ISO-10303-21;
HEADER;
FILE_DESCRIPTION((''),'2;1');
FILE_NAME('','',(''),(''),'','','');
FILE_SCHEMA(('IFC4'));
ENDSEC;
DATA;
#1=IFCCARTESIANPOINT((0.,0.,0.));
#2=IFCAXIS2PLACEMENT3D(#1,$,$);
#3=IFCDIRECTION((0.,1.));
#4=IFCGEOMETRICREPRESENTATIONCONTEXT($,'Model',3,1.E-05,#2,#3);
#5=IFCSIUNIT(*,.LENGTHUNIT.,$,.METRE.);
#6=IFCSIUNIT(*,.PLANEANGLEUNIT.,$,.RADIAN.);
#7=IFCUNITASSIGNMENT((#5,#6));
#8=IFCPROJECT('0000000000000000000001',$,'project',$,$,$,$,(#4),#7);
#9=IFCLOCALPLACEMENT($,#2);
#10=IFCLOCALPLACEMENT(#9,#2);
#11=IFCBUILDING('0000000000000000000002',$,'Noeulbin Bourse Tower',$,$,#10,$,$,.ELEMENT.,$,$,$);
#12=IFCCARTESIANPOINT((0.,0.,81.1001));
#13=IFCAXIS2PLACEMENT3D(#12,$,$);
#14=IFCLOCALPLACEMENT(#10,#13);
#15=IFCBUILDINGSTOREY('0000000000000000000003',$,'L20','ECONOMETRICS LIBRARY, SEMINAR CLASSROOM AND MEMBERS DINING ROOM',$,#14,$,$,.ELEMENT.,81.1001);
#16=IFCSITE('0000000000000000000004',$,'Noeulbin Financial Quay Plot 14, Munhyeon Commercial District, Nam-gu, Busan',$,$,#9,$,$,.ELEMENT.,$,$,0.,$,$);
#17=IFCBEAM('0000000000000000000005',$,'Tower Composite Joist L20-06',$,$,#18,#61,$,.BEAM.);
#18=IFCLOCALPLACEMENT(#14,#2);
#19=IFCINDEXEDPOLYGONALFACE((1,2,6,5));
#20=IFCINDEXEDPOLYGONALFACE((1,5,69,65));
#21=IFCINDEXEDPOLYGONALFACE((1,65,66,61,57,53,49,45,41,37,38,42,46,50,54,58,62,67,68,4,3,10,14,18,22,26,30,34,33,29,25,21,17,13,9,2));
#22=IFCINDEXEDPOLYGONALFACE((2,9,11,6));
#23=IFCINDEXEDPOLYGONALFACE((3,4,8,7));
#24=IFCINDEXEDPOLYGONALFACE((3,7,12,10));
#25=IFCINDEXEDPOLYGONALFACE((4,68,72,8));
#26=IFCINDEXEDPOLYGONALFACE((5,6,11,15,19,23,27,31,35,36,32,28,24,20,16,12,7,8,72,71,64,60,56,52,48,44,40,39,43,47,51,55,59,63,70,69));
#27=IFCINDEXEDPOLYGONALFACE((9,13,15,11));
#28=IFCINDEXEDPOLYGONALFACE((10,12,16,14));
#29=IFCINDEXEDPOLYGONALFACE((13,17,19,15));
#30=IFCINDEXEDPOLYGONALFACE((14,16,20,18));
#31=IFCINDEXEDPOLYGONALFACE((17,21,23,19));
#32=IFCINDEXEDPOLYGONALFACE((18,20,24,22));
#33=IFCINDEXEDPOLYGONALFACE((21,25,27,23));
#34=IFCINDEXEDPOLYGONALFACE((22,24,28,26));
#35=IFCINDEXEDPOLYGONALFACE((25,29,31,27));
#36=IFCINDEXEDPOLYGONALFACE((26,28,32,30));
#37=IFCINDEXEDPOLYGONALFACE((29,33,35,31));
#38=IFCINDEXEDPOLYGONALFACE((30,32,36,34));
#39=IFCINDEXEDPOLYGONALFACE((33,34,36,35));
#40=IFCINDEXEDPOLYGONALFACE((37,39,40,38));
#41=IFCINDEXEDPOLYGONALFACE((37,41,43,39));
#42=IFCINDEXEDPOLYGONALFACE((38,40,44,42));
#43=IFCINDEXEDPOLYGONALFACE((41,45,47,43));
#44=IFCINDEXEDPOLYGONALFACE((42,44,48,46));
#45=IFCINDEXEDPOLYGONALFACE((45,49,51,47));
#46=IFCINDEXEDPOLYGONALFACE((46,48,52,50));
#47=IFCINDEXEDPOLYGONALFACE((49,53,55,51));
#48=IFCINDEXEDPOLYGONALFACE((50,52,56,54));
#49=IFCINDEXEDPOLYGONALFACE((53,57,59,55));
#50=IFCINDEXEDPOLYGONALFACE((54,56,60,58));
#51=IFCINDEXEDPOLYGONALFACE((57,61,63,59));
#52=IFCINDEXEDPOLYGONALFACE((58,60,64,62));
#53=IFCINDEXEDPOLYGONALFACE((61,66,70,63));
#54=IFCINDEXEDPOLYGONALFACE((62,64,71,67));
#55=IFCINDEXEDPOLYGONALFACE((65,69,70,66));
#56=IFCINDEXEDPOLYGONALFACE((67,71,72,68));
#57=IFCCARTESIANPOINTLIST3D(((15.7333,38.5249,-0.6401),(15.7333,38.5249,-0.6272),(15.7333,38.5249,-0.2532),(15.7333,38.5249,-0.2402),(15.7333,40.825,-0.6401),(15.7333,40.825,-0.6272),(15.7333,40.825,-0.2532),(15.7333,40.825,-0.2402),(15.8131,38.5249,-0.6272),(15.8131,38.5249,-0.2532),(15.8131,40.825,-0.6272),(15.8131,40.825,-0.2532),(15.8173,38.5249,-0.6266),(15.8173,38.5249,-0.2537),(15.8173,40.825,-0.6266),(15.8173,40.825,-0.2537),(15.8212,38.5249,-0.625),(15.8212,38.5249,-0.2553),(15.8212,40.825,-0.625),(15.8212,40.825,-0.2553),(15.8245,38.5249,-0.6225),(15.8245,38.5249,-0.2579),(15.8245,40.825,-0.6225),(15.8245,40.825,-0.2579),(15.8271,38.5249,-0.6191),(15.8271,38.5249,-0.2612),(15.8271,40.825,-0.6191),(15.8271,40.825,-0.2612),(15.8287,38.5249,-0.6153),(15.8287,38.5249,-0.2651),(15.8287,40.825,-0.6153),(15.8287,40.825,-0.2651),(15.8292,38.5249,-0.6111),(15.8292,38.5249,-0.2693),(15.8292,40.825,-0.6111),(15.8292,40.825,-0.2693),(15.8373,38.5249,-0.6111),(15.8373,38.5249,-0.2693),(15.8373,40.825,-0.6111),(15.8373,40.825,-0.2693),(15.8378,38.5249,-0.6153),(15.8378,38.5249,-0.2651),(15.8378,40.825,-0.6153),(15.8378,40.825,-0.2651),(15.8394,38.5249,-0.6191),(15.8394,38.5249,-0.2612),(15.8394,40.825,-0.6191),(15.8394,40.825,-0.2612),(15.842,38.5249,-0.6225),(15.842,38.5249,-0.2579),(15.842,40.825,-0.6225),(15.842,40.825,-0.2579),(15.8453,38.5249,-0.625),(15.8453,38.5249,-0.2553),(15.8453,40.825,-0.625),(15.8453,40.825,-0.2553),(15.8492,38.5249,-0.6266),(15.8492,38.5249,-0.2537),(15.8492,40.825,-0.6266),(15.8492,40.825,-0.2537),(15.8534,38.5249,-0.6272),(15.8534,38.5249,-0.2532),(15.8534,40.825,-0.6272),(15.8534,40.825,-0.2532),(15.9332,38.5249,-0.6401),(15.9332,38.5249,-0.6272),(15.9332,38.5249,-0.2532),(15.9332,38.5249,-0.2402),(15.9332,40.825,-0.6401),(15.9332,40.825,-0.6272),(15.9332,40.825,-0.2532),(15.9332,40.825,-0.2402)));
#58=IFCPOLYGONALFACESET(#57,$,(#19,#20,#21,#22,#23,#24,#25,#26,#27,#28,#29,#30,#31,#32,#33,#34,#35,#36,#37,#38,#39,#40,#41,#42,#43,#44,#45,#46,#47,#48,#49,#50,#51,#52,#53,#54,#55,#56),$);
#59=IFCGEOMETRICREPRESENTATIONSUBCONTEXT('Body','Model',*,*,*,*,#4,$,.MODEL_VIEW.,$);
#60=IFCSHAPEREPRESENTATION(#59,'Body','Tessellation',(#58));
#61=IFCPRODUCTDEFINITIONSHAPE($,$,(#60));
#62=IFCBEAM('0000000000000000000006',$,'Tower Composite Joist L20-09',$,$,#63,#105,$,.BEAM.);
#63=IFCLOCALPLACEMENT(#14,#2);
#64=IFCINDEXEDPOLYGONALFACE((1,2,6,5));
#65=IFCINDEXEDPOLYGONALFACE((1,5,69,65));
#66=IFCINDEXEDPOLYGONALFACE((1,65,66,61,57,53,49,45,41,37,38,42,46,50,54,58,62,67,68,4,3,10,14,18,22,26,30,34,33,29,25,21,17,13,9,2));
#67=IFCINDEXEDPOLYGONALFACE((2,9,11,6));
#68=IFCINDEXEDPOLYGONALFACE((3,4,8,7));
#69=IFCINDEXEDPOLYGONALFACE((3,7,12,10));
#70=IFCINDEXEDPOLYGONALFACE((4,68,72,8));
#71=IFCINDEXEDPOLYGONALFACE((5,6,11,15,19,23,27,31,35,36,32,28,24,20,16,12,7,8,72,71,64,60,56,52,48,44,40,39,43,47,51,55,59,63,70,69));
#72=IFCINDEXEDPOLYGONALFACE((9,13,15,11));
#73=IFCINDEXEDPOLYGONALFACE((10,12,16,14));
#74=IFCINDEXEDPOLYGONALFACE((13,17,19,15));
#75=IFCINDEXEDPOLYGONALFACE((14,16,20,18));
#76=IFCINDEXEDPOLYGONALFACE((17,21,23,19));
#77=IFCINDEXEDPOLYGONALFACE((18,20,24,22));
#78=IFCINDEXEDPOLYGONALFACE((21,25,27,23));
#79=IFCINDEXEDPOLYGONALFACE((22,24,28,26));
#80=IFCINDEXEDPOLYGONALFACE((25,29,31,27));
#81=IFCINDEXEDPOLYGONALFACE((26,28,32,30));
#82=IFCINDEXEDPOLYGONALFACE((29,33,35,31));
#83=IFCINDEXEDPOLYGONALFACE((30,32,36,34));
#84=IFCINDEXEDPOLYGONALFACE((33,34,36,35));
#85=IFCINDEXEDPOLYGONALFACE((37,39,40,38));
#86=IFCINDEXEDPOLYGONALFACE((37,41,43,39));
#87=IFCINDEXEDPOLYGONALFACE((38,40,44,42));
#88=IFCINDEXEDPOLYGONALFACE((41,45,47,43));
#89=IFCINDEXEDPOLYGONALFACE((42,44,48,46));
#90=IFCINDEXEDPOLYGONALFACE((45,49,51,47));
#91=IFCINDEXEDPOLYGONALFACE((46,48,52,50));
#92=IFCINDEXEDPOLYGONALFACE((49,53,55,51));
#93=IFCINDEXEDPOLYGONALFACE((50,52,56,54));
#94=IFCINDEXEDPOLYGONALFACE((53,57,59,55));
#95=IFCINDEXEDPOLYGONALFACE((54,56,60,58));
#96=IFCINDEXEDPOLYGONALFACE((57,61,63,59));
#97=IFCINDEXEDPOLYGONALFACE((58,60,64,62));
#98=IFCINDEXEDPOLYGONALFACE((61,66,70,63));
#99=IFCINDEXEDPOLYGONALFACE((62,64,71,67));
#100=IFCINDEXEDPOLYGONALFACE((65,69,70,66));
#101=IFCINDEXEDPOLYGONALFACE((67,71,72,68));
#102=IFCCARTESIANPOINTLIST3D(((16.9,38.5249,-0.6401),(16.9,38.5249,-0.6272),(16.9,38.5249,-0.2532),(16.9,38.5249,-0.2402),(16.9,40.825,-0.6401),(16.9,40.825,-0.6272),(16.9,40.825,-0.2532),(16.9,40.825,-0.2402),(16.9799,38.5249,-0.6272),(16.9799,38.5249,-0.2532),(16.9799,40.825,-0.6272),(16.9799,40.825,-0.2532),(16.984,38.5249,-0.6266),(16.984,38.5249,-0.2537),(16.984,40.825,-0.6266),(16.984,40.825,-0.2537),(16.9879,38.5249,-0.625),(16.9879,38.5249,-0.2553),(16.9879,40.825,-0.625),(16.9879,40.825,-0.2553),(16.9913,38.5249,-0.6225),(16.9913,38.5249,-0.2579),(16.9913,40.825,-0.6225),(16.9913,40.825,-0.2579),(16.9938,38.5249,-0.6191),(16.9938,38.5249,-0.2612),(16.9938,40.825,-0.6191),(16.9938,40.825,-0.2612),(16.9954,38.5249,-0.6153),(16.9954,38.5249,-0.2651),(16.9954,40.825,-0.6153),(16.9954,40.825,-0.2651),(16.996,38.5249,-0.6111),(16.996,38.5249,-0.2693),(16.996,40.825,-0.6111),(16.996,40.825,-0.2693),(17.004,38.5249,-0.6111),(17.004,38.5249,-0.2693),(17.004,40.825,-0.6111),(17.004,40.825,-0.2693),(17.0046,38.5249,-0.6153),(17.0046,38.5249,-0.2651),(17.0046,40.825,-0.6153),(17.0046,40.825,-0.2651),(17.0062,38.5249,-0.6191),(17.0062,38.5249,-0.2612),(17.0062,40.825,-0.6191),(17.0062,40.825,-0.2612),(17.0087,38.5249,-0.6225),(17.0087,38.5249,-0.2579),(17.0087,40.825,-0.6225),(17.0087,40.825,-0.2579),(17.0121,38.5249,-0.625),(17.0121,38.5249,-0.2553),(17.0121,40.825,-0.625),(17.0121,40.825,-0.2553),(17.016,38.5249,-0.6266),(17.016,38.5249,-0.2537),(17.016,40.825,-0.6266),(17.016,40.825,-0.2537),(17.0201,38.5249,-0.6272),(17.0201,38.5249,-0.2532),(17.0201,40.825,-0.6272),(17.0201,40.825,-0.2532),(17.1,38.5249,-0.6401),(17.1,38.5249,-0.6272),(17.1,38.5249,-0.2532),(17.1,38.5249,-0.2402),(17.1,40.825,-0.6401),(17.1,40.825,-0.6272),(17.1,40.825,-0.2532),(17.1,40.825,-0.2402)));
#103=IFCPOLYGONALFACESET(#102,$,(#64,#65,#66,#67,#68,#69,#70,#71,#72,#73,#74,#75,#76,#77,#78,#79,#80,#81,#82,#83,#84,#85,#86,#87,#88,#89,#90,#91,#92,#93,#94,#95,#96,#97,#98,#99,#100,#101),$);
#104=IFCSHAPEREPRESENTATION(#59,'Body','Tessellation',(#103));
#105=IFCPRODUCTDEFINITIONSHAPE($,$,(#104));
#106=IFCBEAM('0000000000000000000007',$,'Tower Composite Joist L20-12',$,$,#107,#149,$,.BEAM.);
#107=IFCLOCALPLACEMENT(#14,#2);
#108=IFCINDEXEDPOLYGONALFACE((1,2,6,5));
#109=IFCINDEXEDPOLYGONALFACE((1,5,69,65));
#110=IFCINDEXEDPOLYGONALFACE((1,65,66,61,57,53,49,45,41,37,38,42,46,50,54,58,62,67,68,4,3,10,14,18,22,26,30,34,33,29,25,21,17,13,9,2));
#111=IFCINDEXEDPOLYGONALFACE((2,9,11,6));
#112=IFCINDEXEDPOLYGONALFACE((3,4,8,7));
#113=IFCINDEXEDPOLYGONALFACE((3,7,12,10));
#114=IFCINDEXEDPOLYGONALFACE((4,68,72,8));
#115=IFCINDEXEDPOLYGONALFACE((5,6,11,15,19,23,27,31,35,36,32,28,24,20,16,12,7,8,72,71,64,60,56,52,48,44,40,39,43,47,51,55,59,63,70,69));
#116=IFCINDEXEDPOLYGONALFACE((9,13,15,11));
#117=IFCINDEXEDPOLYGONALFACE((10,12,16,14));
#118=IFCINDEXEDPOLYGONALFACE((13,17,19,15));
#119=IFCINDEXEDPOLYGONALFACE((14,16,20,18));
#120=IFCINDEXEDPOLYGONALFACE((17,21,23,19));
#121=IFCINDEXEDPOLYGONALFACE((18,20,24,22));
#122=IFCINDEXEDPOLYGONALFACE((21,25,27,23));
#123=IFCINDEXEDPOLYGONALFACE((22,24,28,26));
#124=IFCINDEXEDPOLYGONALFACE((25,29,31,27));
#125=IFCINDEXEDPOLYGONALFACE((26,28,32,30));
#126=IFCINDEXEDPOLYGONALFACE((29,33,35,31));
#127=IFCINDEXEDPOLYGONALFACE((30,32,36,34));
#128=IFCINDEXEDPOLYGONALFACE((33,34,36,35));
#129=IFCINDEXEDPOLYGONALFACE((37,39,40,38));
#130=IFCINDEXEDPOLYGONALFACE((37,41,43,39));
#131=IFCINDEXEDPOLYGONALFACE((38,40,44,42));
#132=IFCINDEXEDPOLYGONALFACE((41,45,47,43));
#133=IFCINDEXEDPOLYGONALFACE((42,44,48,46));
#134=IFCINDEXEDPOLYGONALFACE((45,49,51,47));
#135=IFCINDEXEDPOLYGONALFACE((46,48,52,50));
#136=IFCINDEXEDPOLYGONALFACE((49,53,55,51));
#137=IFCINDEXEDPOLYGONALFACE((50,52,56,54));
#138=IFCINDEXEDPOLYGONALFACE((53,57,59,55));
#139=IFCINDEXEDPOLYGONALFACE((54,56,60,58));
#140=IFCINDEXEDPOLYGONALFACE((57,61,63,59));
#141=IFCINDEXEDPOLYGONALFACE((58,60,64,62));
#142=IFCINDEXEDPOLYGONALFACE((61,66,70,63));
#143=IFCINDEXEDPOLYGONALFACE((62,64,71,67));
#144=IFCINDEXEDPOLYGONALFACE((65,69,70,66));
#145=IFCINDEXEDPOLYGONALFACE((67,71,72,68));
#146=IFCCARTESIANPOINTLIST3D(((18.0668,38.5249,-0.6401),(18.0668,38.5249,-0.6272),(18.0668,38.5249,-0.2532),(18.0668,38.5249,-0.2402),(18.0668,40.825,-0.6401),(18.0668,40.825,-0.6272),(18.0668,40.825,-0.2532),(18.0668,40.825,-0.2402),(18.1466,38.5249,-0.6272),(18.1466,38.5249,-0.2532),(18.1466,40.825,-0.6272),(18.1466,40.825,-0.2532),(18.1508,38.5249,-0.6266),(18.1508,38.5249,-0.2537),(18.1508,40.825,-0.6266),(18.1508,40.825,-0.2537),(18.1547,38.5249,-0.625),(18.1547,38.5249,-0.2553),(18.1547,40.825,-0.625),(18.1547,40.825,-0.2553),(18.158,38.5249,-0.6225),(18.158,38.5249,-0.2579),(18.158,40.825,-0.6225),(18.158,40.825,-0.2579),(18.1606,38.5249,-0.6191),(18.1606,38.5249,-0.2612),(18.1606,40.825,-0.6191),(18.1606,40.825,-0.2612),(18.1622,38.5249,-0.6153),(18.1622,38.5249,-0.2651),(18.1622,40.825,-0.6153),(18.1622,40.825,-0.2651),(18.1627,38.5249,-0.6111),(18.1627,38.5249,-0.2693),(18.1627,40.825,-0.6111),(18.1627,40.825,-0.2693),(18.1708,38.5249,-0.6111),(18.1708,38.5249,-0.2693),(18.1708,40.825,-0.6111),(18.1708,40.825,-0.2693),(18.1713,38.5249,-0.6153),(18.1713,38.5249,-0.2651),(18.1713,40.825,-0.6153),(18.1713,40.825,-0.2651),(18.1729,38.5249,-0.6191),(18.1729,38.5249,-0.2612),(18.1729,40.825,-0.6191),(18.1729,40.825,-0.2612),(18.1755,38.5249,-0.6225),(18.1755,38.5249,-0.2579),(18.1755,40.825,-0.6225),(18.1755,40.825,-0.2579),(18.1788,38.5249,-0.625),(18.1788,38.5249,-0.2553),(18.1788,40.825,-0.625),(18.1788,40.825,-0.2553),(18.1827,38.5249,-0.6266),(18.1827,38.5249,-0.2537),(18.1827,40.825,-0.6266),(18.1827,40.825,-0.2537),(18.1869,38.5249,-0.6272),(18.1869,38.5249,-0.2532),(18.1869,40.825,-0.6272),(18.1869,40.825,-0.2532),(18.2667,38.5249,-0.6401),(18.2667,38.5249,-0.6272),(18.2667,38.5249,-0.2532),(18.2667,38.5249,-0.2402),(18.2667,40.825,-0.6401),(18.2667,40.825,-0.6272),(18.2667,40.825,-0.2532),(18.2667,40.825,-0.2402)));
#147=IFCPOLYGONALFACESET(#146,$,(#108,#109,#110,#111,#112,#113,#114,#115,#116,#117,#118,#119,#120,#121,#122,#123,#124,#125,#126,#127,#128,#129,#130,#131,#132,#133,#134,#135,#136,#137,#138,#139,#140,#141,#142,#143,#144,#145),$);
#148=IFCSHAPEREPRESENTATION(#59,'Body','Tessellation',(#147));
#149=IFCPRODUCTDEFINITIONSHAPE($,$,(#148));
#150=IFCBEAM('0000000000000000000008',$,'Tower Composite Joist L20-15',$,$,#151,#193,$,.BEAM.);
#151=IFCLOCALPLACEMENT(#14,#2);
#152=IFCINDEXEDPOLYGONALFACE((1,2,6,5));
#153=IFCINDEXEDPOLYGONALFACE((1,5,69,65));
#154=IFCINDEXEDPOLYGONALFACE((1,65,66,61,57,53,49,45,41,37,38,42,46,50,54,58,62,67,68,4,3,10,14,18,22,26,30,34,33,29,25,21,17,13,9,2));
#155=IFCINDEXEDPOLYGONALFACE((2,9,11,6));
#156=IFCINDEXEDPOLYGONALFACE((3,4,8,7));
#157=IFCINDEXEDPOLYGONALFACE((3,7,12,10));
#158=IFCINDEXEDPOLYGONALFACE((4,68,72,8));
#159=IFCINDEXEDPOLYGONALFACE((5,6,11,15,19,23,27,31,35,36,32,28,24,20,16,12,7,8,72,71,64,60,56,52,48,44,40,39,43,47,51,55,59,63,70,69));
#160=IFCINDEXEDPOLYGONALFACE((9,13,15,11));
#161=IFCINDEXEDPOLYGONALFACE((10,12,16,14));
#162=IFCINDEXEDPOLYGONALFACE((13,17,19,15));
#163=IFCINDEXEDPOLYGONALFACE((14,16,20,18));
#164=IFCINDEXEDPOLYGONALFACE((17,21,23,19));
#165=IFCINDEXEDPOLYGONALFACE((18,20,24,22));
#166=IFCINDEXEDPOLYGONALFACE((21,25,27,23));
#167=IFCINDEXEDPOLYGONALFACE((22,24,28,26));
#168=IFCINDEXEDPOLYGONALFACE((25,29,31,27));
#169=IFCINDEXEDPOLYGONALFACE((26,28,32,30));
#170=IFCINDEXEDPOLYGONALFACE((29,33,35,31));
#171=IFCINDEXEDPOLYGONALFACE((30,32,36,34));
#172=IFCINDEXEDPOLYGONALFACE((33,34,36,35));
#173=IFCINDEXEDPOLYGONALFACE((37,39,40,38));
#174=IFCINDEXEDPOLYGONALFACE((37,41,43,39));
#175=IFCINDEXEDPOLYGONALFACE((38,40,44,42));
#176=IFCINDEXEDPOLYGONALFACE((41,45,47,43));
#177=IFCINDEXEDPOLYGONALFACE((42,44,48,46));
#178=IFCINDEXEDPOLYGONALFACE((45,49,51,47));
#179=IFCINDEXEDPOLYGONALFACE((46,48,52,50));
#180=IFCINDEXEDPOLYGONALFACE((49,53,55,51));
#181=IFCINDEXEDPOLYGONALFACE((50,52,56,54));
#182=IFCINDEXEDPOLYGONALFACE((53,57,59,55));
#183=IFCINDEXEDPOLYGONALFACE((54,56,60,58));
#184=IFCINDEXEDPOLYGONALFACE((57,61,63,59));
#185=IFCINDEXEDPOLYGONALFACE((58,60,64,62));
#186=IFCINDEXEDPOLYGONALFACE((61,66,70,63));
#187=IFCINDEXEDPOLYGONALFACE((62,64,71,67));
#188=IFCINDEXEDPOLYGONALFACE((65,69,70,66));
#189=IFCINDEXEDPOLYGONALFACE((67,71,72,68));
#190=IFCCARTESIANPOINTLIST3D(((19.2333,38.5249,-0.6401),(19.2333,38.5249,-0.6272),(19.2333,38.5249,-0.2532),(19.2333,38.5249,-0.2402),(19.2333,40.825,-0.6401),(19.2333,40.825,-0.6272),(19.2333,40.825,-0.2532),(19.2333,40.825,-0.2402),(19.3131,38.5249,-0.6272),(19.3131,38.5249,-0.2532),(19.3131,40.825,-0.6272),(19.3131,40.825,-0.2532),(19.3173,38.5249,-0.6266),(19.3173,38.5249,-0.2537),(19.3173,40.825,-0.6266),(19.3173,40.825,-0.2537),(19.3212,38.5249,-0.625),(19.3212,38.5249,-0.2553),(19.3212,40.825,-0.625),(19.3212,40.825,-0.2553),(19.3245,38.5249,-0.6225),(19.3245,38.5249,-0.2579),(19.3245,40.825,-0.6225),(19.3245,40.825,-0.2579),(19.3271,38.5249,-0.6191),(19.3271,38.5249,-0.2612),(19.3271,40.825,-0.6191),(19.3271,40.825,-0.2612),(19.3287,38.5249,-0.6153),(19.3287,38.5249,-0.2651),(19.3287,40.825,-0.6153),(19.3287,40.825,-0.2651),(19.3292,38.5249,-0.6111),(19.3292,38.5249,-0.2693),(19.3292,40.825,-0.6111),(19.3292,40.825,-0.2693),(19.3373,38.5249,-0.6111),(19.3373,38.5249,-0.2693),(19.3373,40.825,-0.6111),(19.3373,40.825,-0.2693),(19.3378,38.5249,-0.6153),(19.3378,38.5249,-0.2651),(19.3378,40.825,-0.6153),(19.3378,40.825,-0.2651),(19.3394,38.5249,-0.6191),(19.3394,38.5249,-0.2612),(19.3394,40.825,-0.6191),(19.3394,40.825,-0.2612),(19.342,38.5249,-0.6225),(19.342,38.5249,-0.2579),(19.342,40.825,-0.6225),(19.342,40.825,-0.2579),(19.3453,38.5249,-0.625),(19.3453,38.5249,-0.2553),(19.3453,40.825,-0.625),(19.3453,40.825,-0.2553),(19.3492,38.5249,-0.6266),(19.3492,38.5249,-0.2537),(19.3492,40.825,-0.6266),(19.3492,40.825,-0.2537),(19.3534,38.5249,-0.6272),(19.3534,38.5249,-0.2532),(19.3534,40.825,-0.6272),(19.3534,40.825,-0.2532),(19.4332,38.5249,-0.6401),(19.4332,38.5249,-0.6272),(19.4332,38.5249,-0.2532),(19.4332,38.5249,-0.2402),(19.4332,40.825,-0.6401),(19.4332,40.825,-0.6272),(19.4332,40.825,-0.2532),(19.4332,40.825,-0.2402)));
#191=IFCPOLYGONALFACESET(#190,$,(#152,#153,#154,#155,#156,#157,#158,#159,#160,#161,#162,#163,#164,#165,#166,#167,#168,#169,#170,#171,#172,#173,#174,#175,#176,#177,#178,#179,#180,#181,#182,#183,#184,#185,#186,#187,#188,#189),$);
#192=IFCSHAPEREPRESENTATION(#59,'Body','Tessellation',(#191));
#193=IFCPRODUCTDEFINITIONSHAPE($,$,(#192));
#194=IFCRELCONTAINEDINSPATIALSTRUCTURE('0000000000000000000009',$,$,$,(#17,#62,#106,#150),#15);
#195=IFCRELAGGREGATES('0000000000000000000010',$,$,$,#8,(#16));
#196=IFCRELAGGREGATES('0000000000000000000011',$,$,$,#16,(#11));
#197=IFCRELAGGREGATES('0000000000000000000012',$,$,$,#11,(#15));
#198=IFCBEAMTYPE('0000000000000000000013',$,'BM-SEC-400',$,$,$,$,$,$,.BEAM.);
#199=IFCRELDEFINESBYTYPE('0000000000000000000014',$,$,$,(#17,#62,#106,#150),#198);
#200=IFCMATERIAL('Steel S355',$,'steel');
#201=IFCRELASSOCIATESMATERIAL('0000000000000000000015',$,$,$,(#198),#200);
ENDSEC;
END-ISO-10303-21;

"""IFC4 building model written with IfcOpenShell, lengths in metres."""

from ifc_helpers import new_model, si_unit, direction, frame, origin, origin_2d, place, context, subcontext, project, spatial, i_section, extrude, material, material_profile, profile_set, type_object, element, save


model = new_model("IFC4")

# Units and contexts
model_context = context("Model", 3, precision=1e-05, world=origin(), true_north=direction((0.0, 1.0)))
body_context = subcontext(model_context, "Body", "Model", "MODEL_VIEW")
ifc_project = project(units=[si_unit("LENGTHUNIT", "METRE"), si_unit("PLANEANGLEUNIT", "RADIAN")], contexts=[model_context])

# Site, building, storey
site_placement = place(None, origin())
site = spatial("IfcSite", under=ifc_project, at=site_placement, Name="Noeulbin Financial Quay Plot 14, Munhyeon Commercial District, Nam-gu, Busan", CompositionType="ELEMENT", RefElevation=0.0)
building_placement = place(site_placement, origin())
building = spatial("IfcBuilding", under=site, at=building_placement, Name="Noeulbin Bourse Tower", CompositionType="ELEMENT")
storey_placement = place(building_placement, frame((0.0, 0.0, 81.1001)))
storey = spatial("IfcBuildingStorey", under=building, at=storey_placement, Name="L20", Description="ECONOMETRICS LIBRARY, SEMINAR CLASSROOM AND MEMBERS DINING ROOM", CompositionType="ELEMENT", Elevation=81.1001)

# Beams
ifc_material_1 = material(Name="Steel S355", Category="steel")
ifc_material_profile_1 = material_profile(ifc_material_1, i_section(OverallWidth=0.2, OverallDepth=0.3999, WebThickness=0.0081, FlangeThickness=0.0129, FilletRadius=0.0161, at=origin_2d()), Name="H-400x200x8x13", Category="LoadBearing")
ifc_profile_set_1 = profile_set([ifc_material_profile_1], Name="Steel S355")
beam_type = type_object("IfcBeamType", Name="BM-SEC-400", PredefinedType="BEAM", material=ifc_profile_set_1)
for number, where, z_axis, x_axis, name in (
    (1, (15.8333, 38.5249, -0.4402), (0.0, 1.0, 0.0), (-1.0, 0.0, 0.0), "Tower Composite Joist L20-06"),
    (2, (17.0, 38.5249, -0.4402), (0.0, 1.0, 0.0), (-1.0, 0.0, 0.0), "Tower Composite Joist L20-09"),
    (3, (18.1667, 38.5249, -0.4402), (0.0, 1.0, 0.0), (-1.0, 0.0, 0.0), "Tower Composite Joist L20-12"),
    (4, (19.3333, 38.5249, -0.4402), (0.0, 1.0, 0.0), (-1.0, 0.0, 0.0), "Tower Composite Joist L20-15"),
):
    element("IfcBeam", number, at=place(storey_placement, frame(where, z_axis=z_axis, x_axis=x_axis)), inside=storey, type_object=beam_type, Name=name, PredefinedType="BEAM", context=body_context, shape_type="SweptSolid", body=[
        extrude(i_section(OverallWidth=0.2, OverallDepth=0.3999, WebThickness=0.0081, FlangeThickness=0.0129, FilletRadius=0.0161, at=origin_2d()), origin(), (0.0, 0.0, 1.0), 2.3),
    ])

save(model, "model.ifc")
